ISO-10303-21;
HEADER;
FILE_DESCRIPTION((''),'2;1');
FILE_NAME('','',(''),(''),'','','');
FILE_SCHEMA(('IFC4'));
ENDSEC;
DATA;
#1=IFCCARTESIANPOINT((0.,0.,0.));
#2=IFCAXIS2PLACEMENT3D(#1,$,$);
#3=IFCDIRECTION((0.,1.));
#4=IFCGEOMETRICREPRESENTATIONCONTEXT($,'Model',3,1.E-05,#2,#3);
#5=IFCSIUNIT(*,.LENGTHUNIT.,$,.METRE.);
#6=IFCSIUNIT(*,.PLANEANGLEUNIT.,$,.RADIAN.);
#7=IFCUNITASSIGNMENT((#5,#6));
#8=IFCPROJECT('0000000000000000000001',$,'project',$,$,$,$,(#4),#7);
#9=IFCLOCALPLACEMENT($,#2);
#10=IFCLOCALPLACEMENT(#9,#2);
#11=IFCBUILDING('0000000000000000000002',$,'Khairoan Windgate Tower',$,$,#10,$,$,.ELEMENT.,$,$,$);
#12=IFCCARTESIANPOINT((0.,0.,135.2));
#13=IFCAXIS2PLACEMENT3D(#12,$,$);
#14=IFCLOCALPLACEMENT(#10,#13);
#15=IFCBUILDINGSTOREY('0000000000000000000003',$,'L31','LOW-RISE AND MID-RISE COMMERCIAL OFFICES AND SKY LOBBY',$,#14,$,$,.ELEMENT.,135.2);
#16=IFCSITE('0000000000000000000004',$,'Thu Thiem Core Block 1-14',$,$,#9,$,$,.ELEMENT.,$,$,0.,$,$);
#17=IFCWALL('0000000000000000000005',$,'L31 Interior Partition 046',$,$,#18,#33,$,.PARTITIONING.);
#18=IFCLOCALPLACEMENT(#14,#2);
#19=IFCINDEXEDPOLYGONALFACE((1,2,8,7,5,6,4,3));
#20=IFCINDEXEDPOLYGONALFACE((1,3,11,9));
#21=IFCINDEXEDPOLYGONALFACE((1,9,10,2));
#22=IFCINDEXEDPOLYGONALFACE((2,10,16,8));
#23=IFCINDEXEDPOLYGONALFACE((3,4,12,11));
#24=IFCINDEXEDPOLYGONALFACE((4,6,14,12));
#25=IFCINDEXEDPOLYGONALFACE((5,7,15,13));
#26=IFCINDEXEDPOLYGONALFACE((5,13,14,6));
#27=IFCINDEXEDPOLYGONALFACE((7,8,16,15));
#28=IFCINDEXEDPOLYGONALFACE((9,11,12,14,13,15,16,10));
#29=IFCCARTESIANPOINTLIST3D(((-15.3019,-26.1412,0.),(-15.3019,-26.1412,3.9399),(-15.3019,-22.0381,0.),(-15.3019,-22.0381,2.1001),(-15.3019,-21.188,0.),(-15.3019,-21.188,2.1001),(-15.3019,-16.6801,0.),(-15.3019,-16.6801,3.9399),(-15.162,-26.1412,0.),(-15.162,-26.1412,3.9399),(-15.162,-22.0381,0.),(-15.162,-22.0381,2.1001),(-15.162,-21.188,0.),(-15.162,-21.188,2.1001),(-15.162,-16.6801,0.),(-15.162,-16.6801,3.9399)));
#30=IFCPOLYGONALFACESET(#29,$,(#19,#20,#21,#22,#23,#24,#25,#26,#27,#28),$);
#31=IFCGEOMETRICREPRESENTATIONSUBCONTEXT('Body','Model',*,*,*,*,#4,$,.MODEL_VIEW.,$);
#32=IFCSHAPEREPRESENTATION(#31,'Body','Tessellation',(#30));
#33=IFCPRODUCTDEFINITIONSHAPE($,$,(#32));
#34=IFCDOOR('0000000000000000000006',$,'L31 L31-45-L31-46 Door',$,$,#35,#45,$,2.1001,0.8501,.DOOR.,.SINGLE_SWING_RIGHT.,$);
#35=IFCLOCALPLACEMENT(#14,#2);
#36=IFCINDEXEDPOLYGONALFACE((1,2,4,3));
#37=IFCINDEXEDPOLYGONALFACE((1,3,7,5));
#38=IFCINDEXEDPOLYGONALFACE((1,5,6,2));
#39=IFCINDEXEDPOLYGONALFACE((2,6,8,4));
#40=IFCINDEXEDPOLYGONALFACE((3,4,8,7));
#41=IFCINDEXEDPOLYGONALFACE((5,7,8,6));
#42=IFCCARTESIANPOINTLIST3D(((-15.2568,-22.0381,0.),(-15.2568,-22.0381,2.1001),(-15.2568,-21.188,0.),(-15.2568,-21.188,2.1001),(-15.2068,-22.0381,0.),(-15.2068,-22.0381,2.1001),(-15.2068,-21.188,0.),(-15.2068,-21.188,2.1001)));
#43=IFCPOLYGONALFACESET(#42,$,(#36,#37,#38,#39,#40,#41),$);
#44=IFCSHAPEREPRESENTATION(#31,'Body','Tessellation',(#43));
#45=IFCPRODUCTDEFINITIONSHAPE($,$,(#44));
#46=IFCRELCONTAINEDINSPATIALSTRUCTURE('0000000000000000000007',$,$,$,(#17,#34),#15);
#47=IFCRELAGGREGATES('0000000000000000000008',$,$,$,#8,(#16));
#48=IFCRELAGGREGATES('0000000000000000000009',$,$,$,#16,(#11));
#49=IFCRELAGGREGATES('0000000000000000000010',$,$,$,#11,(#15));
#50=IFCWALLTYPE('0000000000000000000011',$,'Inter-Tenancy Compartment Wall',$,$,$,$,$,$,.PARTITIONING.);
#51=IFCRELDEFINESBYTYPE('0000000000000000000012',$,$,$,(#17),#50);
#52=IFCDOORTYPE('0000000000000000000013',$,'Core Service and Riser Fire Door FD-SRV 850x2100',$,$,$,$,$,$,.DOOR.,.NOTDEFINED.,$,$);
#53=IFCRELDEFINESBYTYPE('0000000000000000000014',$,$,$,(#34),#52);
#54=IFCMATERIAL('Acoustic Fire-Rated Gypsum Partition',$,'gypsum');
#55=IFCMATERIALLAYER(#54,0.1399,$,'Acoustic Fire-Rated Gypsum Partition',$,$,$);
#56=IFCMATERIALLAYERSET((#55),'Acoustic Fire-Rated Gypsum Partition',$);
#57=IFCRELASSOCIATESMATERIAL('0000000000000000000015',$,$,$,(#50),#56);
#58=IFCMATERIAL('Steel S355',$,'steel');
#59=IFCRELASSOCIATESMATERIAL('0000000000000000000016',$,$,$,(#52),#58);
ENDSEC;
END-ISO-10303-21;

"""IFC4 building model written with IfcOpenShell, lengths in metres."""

from ifc_helpers import new_model, si_unit, direction, frame, frame_2d, origin, place, context, subcontext, project, spatial, rectangle, extrude, material, layer, layer_set, type_object, element, fill, save


model = new_model("IFC4")

# Units and contexts
model_context = context("Model", 3, precision=1e-05, world=origin(), true_north=direction((0.0, 1.0)))
body_context = subcontext(model_context, "Body", "Model", "MODEL_VIEW")
ifc_project = project(units=[si_unit("LENGTHUNIT", "METRE"), si_unit("PLANEANGLEUNIT", "RADIAN")], contexts=[model_context])

# Site, building, storey
site_placement = place(None, origin())
site = spatial("IfcSite", under=ifc_project, at=site_placement, Name="Thu Thiem Core Block 1-14", CompositionType="ELEMENT", RefElevation=0.0)
building_placement = place(site_placement, origin())
building = spatial("IfcBuilding", under=site, at=building_placement, Name="Khairoan Windgate Tower", CompositionType="ELEMENT")
storey_placement = place(building_placement, frame((0.0, 0.0, 135.2)))
storey = spatial("IfcBuildingStorey", under=building, at=storey_placement, Name="L31", Description="LOW-RISE AND MID-RISE COMMERCIAL OFFICES AND SKY LOBBY", CompositionType="ELEMENT", Elevation=135.2)

# Wall, opening, door
ifc_material_1 = material(Name="Acoustic Fire-Rated Gypsum Partition", Category="gypsum")
ifc_layer_1 = layer(ifc_material_1, 0.1399, Name="Acoustic Fire-Rated Gypsum Partition")
ifc_layer_set_1 = layer_set([ifc_layer_1], Name="Acoustic Fire-Rated Gypsum Partition")
wall_type = type_object("IfcWallType", Name="Inter-Tenancy Compartment Wall", PredefinedType="PARTITIONING", material=ifc_layer_set_1)
wall_placement = place(storey_placement, frame((-15.2319, -26.1411, 0.0), z_axis=(0.0, 0.0, 1.0), x_axis=(0.0, 1.0, 0.0)))
wall = element("IfcWall", 1, at=wall_placement, inside=storey, type_object=wall_type, Name="L31 Interior Partition 046", PredefinedType="PARTITIONING", context=body_context, shape_type="SweptSolid", body=[
    extrude(rectangle(XDim=9.4612, YDim=0.1399, at=frame_2d((4.7305, 0.0))), origin(), (0.0, 0.0, 1.0), 3.9399),
])
opening_placement = place(wall_placement, frame((4.103, 0.0, 0.0)))
opening = element("IfcOpeningElement", 2, at=opening_placement, cuts=wall, PredefinedType="OPENING", context=body_context, shape_type="SweptSolid", body=[
    extrude(rectangle(XDim=0.8501, YDim=2.1001, at=frame_2d((0.425, 1.05))), frame((0.0, 0.0798, 0.0), z_axis=(0.0, -1.0, 0.0), x_axis=(1.0, 0.0, 0.0)), (0.0, 0.0, 1.0), 0.1599),
])
ifc_material_2 = material(Name="Steel S355", Category="steel")
door_type = type_object("IfcDoorType", Name="Core Service and Riser Fire Door FD-SRV 850x2100", OperationType="NOTDEFINED", PredefinedType="DOOR", material=ifc_material_2)
door_placement = place(opening_placement, origin())
door = element("IfcDoor", 3, at=door_placement, inside=storey, type_object=door_type, Name="L31 L31-45-L31-46 Door", OperationType="SINGLE_SWING_RIGHT", OverallHeight=2.1001, OverallWidth=0.8501, PredefinedType="DOOR", context=body_context, shape_type="SweptSolid", body=[
    extrude(rectangle(XDim=0.8501, YDim=2.1001, at=frame_2d((0.425, 1.05))), frame((0.0, 0.0249, 0.0), z_axis=(0.0, -1.0, 0.0), x_axis=(1.0, 0.0, 0.0)), (0.0, 0.0, 1.0), 0.05),
])
fill(opening, door)

save(model, "model.ifc")
